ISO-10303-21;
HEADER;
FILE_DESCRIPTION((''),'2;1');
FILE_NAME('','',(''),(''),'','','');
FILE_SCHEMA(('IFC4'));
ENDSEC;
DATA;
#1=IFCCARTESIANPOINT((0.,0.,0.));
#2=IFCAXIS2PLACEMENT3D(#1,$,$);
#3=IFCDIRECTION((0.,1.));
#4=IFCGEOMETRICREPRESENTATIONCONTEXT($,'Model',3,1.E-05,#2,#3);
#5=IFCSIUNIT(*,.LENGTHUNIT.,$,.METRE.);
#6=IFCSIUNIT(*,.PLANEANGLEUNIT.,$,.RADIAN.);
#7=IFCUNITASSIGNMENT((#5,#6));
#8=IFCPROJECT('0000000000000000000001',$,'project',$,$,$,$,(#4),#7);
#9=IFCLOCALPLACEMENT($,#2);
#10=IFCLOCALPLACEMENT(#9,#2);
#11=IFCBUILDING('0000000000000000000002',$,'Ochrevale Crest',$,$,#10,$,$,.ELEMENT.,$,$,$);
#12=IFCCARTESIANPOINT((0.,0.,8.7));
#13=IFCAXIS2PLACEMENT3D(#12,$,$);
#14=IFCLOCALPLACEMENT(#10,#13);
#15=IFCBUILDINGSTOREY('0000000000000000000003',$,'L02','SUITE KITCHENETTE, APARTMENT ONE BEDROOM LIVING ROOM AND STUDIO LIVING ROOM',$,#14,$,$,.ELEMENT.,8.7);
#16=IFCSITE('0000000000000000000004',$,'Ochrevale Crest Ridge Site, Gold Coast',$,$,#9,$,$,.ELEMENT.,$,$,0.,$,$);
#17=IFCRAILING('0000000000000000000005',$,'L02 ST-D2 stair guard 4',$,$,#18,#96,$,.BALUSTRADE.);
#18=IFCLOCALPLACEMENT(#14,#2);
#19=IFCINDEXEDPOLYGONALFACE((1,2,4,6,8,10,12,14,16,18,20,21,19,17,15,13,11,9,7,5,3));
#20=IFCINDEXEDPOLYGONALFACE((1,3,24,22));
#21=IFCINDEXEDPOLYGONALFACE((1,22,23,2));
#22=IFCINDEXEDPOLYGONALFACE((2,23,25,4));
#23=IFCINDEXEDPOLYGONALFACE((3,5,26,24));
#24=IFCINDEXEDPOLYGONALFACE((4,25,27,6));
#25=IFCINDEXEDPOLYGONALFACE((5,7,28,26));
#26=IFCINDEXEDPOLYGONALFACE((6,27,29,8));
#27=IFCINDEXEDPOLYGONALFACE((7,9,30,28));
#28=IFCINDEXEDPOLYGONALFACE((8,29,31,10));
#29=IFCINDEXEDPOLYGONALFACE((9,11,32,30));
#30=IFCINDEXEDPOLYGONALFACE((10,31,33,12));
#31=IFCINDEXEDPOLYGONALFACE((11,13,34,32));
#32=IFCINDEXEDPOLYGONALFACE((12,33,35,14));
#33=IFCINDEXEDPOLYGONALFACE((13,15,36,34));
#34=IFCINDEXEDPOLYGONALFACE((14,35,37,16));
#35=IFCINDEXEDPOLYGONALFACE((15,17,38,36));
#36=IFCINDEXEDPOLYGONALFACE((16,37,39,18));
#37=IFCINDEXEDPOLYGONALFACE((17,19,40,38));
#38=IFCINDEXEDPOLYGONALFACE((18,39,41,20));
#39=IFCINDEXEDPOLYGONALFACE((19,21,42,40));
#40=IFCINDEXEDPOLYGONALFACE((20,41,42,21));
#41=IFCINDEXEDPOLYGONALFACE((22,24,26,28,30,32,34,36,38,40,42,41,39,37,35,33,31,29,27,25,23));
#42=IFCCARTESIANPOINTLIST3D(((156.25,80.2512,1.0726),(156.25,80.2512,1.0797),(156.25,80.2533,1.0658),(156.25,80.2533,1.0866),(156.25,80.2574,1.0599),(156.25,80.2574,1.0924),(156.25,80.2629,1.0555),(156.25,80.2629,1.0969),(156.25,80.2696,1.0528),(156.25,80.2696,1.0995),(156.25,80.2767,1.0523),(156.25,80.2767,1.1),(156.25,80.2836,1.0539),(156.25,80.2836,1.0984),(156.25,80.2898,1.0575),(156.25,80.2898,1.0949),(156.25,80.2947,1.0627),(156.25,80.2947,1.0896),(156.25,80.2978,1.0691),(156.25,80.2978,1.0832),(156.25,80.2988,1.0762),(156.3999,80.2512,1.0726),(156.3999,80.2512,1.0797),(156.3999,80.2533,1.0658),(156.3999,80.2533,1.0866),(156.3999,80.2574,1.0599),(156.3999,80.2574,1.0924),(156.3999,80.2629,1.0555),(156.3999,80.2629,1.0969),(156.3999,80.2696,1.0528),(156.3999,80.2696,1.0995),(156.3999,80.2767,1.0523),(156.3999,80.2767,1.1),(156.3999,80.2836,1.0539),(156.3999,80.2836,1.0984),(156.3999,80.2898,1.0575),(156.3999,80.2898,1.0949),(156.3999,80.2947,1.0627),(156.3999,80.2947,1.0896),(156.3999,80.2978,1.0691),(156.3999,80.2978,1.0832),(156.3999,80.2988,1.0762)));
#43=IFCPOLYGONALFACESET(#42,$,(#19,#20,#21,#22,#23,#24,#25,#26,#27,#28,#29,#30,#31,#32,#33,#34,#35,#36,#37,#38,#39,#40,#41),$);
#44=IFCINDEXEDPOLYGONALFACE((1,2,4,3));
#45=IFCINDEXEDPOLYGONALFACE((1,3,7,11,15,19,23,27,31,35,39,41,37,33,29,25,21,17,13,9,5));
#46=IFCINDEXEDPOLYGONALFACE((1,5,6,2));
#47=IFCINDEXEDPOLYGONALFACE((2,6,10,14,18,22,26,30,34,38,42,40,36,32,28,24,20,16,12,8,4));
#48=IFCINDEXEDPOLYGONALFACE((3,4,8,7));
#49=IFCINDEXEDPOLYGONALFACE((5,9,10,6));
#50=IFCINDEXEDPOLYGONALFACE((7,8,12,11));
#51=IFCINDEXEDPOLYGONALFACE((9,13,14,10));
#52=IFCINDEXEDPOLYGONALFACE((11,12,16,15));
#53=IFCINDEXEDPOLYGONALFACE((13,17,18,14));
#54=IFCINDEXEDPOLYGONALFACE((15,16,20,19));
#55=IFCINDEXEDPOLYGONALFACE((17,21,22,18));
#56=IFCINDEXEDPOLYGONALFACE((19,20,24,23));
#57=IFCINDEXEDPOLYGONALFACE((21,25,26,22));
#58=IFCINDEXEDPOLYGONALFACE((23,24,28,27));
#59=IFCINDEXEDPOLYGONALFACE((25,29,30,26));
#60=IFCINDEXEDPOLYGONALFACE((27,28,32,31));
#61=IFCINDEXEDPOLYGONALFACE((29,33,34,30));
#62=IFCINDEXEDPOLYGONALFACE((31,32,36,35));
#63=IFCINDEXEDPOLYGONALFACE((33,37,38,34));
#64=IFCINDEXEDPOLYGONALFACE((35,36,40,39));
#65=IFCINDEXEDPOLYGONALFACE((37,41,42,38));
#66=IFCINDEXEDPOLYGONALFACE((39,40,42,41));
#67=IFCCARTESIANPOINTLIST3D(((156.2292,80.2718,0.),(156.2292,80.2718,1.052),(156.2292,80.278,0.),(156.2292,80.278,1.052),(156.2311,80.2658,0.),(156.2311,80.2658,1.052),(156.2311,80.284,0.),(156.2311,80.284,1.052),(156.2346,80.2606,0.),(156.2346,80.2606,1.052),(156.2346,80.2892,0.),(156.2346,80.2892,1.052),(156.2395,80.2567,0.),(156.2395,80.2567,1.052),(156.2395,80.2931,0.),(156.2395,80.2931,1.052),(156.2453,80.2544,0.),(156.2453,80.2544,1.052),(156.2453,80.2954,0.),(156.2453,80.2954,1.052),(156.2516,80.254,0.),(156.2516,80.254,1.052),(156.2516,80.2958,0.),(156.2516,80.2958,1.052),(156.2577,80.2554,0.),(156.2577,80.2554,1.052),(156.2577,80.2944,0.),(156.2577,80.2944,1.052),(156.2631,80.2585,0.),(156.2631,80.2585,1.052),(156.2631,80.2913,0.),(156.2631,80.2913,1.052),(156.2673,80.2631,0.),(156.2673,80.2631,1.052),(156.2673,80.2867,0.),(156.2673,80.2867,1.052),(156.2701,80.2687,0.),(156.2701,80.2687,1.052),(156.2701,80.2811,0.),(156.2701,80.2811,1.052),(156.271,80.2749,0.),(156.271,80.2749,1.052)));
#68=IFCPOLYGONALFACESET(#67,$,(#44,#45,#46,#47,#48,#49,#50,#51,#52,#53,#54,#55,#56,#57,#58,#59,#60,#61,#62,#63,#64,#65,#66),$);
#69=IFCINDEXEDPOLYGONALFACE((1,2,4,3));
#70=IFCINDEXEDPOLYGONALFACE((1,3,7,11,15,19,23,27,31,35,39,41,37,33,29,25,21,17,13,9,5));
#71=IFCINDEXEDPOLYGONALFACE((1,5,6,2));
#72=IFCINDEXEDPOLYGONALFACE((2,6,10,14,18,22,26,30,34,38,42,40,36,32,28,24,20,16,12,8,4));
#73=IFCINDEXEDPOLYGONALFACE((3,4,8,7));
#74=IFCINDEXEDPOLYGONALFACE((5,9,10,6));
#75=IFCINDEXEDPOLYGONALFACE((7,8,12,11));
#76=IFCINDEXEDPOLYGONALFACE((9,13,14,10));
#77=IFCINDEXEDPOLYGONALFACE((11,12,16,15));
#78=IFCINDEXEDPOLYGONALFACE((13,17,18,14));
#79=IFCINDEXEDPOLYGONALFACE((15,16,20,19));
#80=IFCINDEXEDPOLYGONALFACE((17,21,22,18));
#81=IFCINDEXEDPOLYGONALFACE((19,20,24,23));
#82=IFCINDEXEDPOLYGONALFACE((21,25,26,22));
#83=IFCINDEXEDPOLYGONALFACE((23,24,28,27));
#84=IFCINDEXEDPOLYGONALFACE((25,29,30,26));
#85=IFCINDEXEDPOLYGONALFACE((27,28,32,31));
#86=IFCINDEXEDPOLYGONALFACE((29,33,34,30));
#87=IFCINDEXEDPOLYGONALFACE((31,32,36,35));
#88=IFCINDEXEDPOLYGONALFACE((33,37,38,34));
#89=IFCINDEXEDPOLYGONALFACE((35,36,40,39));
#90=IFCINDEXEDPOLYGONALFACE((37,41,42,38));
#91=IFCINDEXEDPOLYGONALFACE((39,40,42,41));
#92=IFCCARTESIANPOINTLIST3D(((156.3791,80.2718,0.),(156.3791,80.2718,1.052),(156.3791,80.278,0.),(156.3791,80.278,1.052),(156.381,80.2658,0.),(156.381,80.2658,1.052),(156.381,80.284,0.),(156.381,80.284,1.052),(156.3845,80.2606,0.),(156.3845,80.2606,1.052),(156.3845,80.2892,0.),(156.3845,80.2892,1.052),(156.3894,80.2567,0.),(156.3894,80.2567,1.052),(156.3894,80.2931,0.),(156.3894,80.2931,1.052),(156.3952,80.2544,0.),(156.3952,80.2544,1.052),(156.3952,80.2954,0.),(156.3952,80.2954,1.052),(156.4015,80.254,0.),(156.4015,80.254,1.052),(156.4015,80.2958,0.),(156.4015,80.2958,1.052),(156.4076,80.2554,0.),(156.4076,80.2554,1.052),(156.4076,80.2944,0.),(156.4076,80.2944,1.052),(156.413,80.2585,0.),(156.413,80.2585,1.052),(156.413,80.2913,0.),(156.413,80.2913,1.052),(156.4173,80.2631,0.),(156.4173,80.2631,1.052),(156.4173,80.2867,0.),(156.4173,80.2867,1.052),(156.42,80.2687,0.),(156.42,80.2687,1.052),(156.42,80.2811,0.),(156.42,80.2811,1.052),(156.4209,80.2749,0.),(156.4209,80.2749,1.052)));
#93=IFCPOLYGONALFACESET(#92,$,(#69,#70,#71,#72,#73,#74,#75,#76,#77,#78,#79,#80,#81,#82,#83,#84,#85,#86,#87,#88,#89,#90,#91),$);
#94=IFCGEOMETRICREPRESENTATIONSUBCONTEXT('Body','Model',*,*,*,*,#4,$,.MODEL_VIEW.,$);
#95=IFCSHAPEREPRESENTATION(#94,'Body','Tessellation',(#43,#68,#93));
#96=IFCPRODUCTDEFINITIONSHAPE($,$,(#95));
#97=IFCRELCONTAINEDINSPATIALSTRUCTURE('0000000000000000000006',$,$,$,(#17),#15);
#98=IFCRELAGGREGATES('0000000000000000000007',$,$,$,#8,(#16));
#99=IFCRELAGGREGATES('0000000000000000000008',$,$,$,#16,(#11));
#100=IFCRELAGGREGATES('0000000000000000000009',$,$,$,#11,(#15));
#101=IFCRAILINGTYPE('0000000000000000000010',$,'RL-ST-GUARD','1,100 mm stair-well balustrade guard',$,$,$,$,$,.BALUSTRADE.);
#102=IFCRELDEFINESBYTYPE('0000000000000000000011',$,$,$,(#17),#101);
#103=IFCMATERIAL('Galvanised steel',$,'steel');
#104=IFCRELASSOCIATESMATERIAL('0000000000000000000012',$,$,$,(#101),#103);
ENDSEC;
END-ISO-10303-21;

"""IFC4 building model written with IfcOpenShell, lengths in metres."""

from ifc_helpers import new_model, si_unit, direction, frame, origin, origin_2d, place, context, subcontext, project, spatial, circle, extrude, material, type_object, element, save


model = new_model("IFC4")

# Units and contexts
model_context = context("Model", 3, precision=1e-05, world=origin(), true_north=direction((0.0, 1.0)))
body_context = subcontext(model_context, "Body", "Model", "MODEL_VIEW")
ifc_project = project(units=[si_unit("LENGTHUNIT", "METRE"), si_unit("PLANEANGLEUNIT", "RADIAN")], contexts=[model_context])

# Site, building, storey
site_placement = place(None, origin())
site = spatial("IfcSite", under=ifc_project, at=site_placement, Name="Ochrevale Crest Ridge Site, Gold Coast", CompositionType="ELEMENT", RefElevation=0.0)
building_placement = place(site_placement, origin())
building = spatial("IfcBuilding", under=site, at=building_placement, Name="Ochrevale Crest", CompositionType="ELEMENT")
storey_placement = place(building_placement, frame((0.0, 0.0, 8.7)))
storey = spatial("IfcBuildingStorey", under=building, at=storey_placement, Name="L02", Description="SUITE KITCHENETTE, APARTMENT ONE BEDROOM LIVING ROOM AND STUDIO LIVING ROOM", CompositionType="ELEMENT", Elevation=8.7)

# Railing
ifc_material_1 = material(Name="Galvanised steel", Category="steel")
railing_type_1 = type_object("IfcRailingType", Name="RL-ST-GUARD", Description="1,100 mm stair-well balustrade guard", PredefinedType="BALUSTRADE", material=ifc_material_1)
railing_1_placement = place(storey_placement, frame((156.25, 80.2749, 0.0)))
element("IfcRailing", 1, at=railing_1_placement, inside=storey, type_object=railing_type_1, Name="L02 ST-D2 stair guard 4", PredefinedType="BALUSTRADE", context=body_context, shape_type="SweptSolid", body=[
    extrude(circle(Radius=0.0239, at=origin_2d()), frame((0.0, 0.0, 1.0762), z_axis=(1.0, 0.0, 0.0), x_axis=(0.0, 1.0, 0.0)), (0.0, 0.0, 1.0), 0.1499),
    extrude(circle(Radius=0.021, at=origin_2d()), origin(), (0.0, 0.0, 1.0), 1.052),
    extrude(circle(Radius=0.021, at=origin_2d()), frame((0.1499, 0.0, 0.0)), (0.0, 0.0, 1.0), 1.052),
])

save(model, "model.ifc")
